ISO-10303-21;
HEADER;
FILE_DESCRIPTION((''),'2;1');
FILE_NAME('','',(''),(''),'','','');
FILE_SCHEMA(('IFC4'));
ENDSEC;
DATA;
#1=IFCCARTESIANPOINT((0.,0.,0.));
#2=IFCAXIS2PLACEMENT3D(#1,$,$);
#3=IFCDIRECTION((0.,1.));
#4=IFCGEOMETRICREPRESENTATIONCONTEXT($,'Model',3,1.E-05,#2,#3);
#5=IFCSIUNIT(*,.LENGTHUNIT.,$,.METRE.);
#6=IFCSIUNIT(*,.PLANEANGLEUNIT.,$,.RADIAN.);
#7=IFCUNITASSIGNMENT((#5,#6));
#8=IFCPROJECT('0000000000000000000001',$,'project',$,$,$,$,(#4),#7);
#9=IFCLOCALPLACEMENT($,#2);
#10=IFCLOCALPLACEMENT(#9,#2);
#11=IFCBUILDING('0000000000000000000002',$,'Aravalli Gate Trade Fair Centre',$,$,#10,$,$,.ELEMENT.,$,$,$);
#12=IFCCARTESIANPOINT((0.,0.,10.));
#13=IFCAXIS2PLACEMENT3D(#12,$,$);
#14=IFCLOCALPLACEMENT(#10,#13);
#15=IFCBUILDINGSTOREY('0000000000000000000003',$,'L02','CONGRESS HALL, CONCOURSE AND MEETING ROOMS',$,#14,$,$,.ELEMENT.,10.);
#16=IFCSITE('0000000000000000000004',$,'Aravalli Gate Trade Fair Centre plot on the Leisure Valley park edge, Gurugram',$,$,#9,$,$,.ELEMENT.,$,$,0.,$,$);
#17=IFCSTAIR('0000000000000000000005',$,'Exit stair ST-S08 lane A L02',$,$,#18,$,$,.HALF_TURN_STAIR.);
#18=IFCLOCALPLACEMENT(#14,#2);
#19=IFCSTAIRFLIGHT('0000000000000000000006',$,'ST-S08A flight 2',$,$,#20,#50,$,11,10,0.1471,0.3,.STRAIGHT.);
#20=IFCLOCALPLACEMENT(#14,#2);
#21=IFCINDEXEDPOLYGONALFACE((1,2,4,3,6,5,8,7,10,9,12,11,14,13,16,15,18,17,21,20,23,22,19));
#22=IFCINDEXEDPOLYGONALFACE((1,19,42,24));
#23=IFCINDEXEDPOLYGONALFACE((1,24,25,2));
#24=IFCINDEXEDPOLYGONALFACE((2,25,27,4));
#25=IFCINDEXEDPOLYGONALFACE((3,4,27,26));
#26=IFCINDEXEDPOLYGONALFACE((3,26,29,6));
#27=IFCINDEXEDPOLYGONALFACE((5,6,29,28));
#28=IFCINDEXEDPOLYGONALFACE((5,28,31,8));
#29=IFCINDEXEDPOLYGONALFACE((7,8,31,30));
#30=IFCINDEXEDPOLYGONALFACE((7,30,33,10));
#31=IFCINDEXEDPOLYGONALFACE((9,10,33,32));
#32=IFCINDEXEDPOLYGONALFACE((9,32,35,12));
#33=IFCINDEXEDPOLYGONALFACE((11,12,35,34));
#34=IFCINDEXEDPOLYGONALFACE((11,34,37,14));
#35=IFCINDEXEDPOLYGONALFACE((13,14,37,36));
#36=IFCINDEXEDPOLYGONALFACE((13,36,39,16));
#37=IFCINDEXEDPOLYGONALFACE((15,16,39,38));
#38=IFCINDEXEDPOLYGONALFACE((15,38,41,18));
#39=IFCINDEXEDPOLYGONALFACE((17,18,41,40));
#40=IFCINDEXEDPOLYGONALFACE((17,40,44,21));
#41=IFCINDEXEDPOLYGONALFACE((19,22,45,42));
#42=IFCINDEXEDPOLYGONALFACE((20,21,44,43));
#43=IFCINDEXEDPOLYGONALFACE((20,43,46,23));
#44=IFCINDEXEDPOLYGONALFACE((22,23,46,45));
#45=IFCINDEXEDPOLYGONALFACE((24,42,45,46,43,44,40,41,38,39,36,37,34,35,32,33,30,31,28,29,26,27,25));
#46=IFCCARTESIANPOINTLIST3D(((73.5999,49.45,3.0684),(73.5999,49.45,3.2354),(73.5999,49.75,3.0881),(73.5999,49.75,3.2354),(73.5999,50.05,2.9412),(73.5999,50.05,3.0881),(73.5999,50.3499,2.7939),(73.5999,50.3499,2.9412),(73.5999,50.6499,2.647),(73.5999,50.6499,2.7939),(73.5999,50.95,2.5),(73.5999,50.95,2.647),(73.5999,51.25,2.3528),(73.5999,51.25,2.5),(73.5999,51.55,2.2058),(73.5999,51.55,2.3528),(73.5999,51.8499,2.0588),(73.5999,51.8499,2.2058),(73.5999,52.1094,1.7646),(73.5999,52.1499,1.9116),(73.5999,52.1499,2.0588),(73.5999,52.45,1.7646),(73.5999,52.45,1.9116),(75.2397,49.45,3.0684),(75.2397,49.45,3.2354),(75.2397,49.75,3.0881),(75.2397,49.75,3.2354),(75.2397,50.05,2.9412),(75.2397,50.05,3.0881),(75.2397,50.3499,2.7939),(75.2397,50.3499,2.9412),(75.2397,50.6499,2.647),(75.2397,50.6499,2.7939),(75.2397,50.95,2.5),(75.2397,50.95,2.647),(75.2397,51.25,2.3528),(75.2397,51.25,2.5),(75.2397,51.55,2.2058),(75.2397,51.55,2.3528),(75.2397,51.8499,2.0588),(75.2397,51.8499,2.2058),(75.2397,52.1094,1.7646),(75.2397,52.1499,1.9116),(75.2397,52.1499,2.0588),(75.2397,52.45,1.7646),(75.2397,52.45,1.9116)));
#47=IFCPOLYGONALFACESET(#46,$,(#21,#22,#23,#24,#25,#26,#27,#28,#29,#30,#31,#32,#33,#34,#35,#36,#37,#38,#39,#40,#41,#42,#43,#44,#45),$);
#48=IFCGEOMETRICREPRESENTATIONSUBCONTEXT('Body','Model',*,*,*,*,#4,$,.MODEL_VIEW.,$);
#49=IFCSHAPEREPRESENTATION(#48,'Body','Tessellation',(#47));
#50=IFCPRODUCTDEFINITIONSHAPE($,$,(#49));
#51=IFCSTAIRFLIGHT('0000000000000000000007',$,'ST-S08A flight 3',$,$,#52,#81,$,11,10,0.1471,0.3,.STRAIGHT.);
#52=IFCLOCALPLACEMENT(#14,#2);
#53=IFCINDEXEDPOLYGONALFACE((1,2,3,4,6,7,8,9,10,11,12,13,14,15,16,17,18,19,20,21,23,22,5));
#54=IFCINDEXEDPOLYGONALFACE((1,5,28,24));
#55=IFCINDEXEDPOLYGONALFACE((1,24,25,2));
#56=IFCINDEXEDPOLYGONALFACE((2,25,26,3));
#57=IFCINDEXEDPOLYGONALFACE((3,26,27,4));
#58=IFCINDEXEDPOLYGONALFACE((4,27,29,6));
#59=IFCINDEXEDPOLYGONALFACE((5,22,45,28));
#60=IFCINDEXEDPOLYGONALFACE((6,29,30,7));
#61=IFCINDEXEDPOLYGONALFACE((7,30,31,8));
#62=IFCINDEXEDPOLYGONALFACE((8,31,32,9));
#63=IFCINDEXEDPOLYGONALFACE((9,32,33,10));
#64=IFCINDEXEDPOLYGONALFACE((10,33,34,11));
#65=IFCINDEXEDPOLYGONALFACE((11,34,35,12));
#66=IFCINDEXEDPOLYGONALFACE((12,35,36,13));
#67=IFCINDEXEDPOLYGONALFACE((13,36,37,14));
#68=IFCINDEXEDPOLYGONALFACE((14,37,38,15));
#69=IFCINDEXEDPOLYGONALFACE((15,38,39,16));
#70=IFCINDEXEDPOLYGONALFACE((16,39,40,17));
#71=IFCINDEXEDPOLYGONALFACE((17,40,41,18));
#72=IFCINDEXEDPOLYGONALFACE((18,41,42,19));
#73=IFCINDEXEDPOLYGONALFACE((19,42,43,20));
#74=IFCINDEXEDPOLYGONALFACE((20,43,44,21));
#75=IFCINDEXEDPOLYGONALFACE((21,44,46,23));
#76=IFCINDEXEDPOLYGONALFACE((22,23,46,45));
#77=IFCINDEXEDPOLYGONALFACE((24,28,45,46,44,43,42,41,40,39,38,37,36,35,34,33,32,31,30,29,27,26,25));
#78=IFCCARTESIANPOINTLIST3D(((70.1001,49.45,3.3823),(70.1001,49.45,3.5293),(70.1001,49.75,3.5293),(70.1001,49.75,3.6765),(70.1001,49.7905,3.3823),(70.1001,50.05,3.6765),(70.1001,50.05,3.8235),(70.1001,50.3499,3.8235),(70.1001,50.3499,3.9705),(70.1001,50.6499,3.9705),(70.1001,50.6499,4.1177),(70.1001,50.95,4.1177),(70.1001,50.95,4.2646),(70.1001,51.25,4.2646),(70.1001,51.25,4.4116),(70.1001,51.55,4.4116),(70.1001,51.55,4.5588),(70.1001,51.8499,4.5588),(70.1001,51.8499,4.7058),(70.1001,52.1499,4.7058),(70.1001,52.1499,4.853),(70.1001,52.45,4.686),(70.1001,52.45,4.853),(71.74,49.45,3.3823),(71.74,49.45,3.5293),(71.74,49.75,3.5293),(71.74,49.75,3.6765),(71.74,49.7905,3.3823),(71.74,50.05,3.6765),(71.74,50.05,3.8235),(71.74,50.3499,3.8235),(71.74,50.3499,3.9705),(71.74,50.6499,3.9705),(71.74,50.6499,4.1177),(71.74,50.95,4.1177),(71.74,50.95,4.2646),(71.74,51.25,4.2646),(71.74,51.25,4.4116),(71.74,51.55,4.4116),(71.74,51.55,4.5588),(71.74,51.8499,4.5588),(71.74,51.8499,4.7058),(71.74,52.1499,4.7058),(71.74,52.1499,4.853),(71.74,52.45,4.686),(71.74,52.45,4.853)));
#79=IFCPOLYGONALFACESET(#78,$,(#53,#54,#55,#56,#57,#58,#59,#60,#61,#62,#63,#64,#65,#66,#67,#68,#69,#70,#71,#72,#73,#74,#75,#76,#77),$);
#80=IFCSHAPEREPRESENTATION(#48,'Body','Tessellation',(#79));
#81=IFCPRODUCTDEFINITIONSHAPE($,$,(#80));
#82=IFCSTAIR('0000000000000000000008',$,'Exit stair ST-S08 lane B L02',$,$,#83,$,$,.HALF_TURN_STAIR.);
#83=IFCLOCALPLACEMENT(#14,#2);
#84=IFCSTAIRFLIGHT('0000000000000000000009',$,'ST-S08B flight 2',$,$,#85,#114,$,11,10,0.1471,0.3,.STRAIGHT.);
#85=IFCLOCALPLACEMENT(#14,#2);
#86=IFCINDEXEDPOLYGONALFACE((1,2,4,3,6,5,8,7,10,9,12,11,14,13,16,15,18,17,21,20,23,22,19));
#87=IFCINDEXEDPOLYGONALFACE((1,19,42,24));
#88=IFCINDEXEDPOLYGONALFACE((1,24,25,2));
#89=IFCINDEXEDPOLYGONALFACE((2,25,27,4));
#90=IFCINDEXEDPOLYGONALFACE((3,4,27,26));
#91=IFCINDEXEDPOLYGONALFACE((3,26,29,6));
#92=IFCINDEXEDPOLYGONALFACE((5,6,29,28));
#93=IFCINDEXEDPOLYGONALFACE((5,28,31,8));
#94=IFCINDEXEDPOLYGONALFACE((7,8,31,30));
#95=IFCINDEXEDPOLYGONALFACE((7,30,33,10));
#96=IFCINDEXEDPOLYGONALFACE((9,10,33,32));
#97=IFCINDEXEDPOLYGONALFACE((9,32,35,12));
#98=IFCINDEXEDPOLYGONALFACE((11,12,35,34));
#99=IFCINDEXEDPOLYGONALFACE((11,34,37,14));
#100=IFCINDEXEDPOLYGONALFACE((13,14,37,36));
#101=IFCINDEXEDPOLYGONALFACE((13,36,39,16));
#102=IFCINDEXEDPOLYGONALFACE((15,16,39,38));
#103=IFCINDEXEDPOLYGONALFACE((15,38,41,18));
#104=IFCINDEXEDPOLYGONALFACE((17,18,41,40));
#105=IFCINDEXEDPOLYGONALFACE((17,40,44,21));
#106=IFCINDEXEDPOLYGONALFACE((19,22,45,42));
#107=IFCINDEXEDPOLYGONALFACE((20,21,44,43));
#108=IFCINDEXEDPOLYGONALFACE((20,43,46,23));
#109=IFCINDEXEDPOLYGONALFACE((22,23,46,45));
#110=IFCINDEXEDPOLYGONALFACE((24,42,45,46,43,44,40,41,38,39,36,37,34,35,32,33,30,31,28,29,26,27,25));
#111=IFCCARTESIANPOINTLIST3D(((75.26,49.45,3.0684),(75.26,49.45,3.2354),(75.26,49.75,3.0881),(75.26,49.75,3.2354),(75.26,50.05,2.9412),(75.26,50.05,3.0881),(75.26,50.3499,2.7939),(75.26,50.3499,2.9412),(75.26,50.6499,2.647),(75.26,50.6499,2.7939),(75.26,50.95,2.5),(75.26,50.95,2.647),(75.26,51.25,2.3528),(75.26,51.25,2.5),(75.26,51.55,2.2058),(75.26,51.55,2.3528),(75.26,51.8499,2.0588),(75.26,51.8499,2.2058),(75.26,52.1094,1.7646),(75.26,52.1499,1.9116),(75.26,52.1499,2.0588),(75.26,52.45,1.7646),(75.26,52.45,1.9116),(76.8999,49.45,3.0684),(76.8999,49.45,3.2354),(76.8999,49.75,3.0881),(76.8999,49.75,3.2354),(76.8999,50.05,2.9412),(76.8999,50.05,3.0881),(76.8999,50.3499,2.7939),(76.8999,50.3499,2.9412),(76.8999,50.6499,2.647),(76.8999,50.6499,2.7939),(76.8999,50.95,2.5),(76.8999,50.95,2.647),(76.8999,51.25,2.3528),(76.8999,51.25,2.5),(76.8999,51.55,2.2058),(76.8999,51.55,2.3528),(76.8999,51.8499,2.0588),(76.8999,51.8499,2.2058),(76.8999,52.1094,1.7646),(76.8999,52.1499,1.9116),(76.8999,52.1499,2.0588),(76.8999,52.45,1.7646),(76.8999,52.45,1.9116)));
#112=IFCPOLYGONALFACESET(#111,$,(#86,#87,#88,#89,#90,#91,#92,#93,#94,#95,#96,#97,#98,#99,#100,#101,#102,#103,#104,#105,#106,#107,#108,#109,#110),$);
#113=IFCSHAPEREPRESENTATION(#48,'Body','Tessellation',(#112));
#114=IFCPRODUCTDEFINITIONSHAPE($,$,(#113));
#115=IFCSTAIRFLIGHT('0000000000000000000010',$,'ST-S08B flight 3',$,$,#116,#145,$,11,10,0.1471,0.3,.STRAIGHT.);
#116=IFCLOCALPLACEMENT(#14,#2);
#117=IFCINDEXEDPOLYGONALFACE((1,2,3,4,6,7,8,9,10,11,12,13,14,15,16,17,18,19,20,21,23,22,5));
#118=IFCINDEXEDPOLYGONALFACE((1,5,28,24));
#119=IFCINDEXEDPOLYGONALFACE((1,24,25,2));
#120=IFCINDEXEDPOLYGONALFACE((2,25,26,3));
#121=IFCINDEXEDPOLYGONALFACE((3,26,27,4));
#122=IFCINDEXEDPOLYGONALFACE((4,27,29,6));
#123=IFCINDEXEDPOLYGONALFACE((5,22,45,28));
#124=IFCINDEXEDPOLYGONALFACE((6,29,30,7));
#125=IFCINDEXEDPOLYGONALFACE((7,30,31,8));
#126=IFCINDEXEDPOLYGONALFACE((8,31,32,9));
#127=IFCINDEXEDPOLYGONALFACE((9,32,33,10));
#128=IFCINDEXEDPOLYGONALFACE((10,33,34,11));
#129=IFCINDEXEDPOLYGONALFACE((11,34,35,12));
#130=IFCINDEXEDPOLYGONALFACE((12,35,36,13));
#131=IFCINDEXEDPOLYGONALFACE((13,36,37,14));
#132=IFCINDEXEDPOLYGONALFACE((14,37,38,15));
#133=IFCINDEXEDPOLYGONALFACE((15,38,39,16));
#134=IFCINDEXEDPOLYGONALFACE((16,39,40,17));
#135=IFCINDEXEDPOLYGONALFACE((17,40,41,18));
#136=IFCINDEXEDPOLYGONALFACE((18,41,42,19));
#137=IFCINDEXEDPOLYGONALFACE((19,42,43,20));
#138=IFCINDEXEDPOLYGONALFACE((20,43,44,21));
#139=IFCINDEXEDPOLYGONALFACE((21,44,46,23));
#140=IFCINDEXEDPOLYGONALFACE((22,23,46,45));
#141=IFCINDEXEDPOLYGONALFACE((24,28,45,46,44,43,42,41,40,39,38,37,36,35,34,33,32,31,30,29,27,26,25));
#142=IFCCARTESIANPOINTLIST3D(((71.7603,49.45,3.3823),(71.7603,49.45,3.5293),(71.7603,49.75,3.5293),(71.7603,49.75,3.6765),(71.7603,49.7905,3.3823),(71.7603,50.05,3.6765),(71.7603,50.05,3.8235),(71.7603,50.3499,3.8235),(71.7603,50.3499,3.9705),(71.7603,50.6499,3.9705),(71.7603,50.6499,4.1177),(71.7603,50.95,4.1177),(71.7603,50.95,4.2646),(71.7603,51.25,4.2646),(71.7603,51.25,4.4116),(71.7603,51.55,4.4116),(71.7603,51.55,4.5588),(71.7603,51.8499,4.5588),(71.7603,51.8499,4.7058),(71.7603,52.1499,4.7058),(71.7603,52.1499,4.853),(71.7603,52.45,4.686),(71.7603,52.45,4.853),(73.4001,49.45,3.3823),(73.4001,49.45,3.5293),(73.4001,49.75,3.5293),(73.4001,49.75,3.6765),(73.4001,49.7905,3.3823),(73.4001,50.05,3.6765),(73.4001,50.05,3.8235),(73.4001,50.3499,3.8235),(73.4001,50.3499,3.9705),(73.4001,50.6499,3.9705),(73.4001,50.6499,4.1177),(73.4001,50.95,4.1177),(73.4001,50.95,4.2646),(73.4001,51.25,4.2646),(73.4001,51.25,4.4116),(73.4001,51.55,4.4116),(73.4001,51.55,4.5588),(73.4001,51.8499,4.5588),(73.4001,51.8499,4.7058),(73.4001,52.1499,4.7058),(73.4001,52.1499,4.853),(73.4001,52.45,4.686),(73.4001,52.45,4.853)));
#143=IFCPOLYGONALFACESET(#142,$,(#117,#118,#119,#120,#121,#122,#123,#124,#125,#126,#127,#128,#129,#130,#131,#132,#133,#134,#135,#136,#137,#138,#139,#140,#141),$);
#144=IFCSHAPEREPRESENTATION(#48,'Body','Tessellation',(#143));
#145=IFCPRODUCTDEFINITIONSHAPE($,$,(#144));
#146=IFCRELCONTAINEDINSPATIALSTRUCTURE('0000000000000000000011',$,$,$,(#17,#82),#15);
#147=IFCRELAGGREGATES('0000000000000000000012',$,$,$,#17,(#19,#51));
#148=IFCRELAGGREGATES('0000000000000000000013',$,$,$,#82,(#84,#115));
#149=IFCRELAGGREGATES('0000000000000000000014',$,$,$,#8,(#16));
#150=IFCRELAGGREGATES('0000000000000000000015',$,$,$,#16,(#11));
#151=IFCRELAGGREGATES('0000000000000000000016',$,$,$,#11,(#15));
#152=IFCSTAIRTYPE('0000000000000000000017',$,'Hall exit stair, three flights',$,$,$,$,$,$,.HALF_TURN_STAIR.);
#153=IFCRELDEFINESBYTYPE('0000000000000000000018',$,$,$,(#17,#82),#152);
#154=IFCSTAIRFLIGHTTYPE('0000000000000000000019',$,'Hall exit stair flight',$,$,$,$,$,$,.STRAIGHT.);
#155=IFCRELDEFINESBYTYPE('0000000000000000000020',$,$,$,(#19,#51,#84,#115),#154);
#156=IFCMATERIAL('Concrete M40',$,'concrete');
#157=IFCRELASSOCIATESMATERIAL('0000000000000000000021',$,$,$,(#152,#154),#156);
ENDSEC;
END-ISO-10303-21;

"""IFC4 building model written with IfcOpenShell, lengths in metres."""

from ifc_helpers import new_model, si_unit, direction, frame, origin, place, context, subcontext, project, spatial, polyline, outline, extrude, material, type_object, element, aggregate, save


model = new_model("IFC4")

# Units and contexts
model_context = context("Model", 3, precision=1e-05, world=origin(), true_north=direction((0.0, 1.0)))
body_context = subcontext(model_context, "Body", "Model", "MODEL_VIEW")
ifc_project = project(units=[si_unit("LENGTHUNIT", "METRE"), si_unit("PLANEANGLEUNIT", "RADIAN")], contexts=[model_context])

# Site, building, storey
site_placement = place(None, origin())
site = spatial("IfcSite", under=ifc_project, at=site_placement, Name="Aravalli Gate Trade Fair Centre plot on the Leisure Valley park edge, Gurugram", CompositionType="ELEMENT", RefElevation=0.0)
building_placement = place(site_placement, origin())
building = spatial("IfcBuilding", under=site, at=building_placement, Name="Aravalli Gate Trade Fair Centre", CompositionType="ELEMENT")
storey_placement = place(building_placement, frame((0.0, 0.0, 10.0)))
storey = spatial("IfcBuildingStorey", under=building, at=storey_placement, Name="L02", Description="CONGRESS HALL, CONCOURSE AND MEETING ROOMS", CompositionType="ELEMENT", Elevation=10.0)

# Shared definitions
ifc_material_1 = material(Name="Concrete M40", Category="concrete")

# Stairs, stair flights
stair_type = type_object("IfcStairType", Name="Hall exit stair, three flights", PredefinedType="HALF_TURN_STAIR", material=ifc_material_1)
stair_1_placement = place(storey_placement, origin())
stair_1 = element("IfcStair", 1, at=stair_1_placement, inside=storey, type_object=stair_type, Name="Exit stair ST-S08 lane A L02", PredefinedType="HALF_TURN_STAIR")
stair_flight_type = type_object("IfcStairFlightType", Name="Hall exit stair flight", PredefinedType="STRAIGHT", material=ifc_material_1)
stair_flight_1_placement = place(storey_placement, frame((74.4199, 52.45, 1.7646), z_axis=(0.0, 0.0, 1.0), x_axis=(0.0, -1.0, 0.0)))
stair_flight_1 = element("IfcStairFlight", 2, at=stair_flight_1_placement, type_object=stair_flight_type, Name="ST-S08A flight 2", NumberOfRisers=11, NumberOfTreads=10, PredefinedType="STRAIGHT", RiserHeight=0.1471, TreadLength=0.3, context=body_context, shape_type="SweptSolid", body=[
    extrude(outline(polyline([(0.0, 0.0), (0.0, 0.147), (0.3, 0.147), (0.3, 0.2942), (0.6001, 0.2942), (0.6001, 0.4412), (0.8999, 0.4412), (0.8999, 0.5881), (1.2, 0.5881), (1.2, 0.7354), (1.5, 0.7354), (1.5, 0.8823), (1.8, 0.8823), (1.8, 1.0293), (2.1001, 1.0293), (2.1001, 1.1765), (2.3999, 1.1765), (2.3999, 1.3235), (2.7, 1.3235), (2.7, 1.4707), (3.0, 1.4707), (3.0, 1.6177), (3.0, 1.3037), (0.3406, 0.0), (0.0, 0.0)])), frame((0.0, 0.8198, 0.0), z_axis=(0.0, -1.0, 0.0), x_axis=(1.0, 0.0, 0.0)), (0.0, 0.0, 1.0), 1.6399),
])
stair_flight_2_placement = place(storey_placement, frame((70.9199, 49.45, 3.3823), z_axis=(0.0, 0.0, 1.0), x_axis=(0.0, 1.0, 0.0)))
stair_flight_2 = element("IfcStairFlight", 3, at=stair_flight_2_placement, type_object=stair_flight_type, Name="ST-S08A flight 3", NumberOfRisers=11, NumberOfTreads=10, PredefinedType="STRAIGHT", RiserHeight=0.1471, TreadLength=0.3, context=body_context, shape_type="SweptSolid", body=[
    extrude(outline(polyline([(0.0, 0.0), (0.0, 0.147), (0.3, 0.147), (0.3, 0.2942), (0.6001, 0.2942), (0.6001, 0.4412), (0.8999, 0.4412), (0.8999, 0.5881), (1.2, 0.5881), (1.2, 0.7354), (1.5, 0.7354), (1.5, 0.8823), (1.8, 0.8823), (1.8, 1.0293), (2.1001, 1.0293), (2.1001, 1.1765), (2.3999, 1.1765), (2.3999, 1.3235), (2.7, 1.3235), (2.7, 1.4707), (3.0, 1.4707), (3.0, 1.6177), (3.0, 1.3037), (0.3406, 0.0), (0.0, 0.0)])), frame((0.0, 0.8198, 0.0), z_axis=(0.0, -1.0, 0.0), x_axis=(1.0, 0.0, 0.0)), (0.0, 0.0, 1.0), 1.6399),
])
aggregate(stair_1, [stair_flight_1, stair_flight_2])
stair_2_placement = place(storey_placement, origin())
stair_2 = element("IfcStair", 4, at=stair_2_placement, inside=storey, type_object=stair_type, Name="Exit stair ST-S08 lane B L02", PredefinedType="HALF_TURN_STAIR")
stair_flight_3_placement = place(storey_placement, frame((76.0801, 52.45, 1.7646), z_axis=(0.0, 0.0, 1.0), x_axis=(0.0, -1.0, 0.0)))
stair_flight_3 = element("IfcStairFlight", 5, at=stair_flight_3_placement, type_object=stair_flight_type, Name="ST-S08B flight 2", NumberOfRisers=11, NumberOfTreads=10, PredefinedType="STRAIGHT", RiserHeight=0.1471, TreadLength=0.3, context=body_context, shape_type="SweptSolid", body=[
    extrude(outline(polyline([(0.0, 0.0), (0.0, 0.147), (0.3, 0.147), (0.3, 0.2942), (0.6001, 0.2942), (0.6001, 0.4412), (0.8999, 0.4412), (0.8999, 0.5881), (1.2, 0.5881), (1.2, 0.7354), (1.5, 0.7354), (1.5, 0.8823), (1.8, 0.8823), (1.8, 1.0293), (2.1001, 1.0293), (2.1001, 1.1765), (2.3999, 1.1765), (2.3999, 1.3235), (2.7, 1.3235), (2.7, 1.4707), (3.0, 1.4707), (3.0, 1.6177), (3.0, 1.3037), (0.3406, 0.0), (0.0, 0.0)])), frame((0.0, 0.8198, 0.0), z_axis=(0.0, -1.0, 0.0), x_axis=(1.0, 0.0, 0.0)), (0.0, 0.0, 1.0), 1.6399),
])
stair_flight_4_placement = place(storey_placement, frame((72.5801, 49.45, 3.3823), z_axis=(0.0, 0.0, 1.0), x_axis=(0.0, 1.0, 0.0)))
stair_flight_4 = element("IfcStairFlight", 6, at=stair_flight_4_placement, type_object=stair_flight_type, Name="ST-S08B flight 3", NumberOfRisers=11, NumberOfTreads=10, PredefinedType="STRAIGHT", RiserHeight=0.1471, TreadLength=0.3, context=body_context, shape_type="SweptSolid", body=[
    extrude(outline(polyline([(0.0, 0.0), (0.0, 0.147), (0.3, 0.147), (0.3, 0.2942), (0.6001, 0.2942), (0.6001, 0.4412), (0.8999, 0.4412), (0.8999, 0.5881), (1.2, 0.5881), (1.2, 0.7354), (1.5, 0.7354), (1.5, 0.8823), (1.8, 0.8823), (1.8, 1.0293), (2.1001, 1.0293), (2.1001, 1.1765), (2.3999, 1.1765), (2.3999, 1.3235), (2.7, 1.3235), (2.7, 1.4707), (3.0, 1.4707), (3.0, 1.6177), (3.0, 1.3037), (0.3406, 0.0), (0.0, 0.0)])), frame((0.0, 0.8198, 0.0), z_axis=(0.0, -1.0, 0.0), x_axis=(1.0, 0.0, 0.0)), (0.0, 0.0, 1.0), 1.6399),
])
aggregate(stair_2, [stair_flight_3, stair_flight_4])

save(model, "model.ifc")
